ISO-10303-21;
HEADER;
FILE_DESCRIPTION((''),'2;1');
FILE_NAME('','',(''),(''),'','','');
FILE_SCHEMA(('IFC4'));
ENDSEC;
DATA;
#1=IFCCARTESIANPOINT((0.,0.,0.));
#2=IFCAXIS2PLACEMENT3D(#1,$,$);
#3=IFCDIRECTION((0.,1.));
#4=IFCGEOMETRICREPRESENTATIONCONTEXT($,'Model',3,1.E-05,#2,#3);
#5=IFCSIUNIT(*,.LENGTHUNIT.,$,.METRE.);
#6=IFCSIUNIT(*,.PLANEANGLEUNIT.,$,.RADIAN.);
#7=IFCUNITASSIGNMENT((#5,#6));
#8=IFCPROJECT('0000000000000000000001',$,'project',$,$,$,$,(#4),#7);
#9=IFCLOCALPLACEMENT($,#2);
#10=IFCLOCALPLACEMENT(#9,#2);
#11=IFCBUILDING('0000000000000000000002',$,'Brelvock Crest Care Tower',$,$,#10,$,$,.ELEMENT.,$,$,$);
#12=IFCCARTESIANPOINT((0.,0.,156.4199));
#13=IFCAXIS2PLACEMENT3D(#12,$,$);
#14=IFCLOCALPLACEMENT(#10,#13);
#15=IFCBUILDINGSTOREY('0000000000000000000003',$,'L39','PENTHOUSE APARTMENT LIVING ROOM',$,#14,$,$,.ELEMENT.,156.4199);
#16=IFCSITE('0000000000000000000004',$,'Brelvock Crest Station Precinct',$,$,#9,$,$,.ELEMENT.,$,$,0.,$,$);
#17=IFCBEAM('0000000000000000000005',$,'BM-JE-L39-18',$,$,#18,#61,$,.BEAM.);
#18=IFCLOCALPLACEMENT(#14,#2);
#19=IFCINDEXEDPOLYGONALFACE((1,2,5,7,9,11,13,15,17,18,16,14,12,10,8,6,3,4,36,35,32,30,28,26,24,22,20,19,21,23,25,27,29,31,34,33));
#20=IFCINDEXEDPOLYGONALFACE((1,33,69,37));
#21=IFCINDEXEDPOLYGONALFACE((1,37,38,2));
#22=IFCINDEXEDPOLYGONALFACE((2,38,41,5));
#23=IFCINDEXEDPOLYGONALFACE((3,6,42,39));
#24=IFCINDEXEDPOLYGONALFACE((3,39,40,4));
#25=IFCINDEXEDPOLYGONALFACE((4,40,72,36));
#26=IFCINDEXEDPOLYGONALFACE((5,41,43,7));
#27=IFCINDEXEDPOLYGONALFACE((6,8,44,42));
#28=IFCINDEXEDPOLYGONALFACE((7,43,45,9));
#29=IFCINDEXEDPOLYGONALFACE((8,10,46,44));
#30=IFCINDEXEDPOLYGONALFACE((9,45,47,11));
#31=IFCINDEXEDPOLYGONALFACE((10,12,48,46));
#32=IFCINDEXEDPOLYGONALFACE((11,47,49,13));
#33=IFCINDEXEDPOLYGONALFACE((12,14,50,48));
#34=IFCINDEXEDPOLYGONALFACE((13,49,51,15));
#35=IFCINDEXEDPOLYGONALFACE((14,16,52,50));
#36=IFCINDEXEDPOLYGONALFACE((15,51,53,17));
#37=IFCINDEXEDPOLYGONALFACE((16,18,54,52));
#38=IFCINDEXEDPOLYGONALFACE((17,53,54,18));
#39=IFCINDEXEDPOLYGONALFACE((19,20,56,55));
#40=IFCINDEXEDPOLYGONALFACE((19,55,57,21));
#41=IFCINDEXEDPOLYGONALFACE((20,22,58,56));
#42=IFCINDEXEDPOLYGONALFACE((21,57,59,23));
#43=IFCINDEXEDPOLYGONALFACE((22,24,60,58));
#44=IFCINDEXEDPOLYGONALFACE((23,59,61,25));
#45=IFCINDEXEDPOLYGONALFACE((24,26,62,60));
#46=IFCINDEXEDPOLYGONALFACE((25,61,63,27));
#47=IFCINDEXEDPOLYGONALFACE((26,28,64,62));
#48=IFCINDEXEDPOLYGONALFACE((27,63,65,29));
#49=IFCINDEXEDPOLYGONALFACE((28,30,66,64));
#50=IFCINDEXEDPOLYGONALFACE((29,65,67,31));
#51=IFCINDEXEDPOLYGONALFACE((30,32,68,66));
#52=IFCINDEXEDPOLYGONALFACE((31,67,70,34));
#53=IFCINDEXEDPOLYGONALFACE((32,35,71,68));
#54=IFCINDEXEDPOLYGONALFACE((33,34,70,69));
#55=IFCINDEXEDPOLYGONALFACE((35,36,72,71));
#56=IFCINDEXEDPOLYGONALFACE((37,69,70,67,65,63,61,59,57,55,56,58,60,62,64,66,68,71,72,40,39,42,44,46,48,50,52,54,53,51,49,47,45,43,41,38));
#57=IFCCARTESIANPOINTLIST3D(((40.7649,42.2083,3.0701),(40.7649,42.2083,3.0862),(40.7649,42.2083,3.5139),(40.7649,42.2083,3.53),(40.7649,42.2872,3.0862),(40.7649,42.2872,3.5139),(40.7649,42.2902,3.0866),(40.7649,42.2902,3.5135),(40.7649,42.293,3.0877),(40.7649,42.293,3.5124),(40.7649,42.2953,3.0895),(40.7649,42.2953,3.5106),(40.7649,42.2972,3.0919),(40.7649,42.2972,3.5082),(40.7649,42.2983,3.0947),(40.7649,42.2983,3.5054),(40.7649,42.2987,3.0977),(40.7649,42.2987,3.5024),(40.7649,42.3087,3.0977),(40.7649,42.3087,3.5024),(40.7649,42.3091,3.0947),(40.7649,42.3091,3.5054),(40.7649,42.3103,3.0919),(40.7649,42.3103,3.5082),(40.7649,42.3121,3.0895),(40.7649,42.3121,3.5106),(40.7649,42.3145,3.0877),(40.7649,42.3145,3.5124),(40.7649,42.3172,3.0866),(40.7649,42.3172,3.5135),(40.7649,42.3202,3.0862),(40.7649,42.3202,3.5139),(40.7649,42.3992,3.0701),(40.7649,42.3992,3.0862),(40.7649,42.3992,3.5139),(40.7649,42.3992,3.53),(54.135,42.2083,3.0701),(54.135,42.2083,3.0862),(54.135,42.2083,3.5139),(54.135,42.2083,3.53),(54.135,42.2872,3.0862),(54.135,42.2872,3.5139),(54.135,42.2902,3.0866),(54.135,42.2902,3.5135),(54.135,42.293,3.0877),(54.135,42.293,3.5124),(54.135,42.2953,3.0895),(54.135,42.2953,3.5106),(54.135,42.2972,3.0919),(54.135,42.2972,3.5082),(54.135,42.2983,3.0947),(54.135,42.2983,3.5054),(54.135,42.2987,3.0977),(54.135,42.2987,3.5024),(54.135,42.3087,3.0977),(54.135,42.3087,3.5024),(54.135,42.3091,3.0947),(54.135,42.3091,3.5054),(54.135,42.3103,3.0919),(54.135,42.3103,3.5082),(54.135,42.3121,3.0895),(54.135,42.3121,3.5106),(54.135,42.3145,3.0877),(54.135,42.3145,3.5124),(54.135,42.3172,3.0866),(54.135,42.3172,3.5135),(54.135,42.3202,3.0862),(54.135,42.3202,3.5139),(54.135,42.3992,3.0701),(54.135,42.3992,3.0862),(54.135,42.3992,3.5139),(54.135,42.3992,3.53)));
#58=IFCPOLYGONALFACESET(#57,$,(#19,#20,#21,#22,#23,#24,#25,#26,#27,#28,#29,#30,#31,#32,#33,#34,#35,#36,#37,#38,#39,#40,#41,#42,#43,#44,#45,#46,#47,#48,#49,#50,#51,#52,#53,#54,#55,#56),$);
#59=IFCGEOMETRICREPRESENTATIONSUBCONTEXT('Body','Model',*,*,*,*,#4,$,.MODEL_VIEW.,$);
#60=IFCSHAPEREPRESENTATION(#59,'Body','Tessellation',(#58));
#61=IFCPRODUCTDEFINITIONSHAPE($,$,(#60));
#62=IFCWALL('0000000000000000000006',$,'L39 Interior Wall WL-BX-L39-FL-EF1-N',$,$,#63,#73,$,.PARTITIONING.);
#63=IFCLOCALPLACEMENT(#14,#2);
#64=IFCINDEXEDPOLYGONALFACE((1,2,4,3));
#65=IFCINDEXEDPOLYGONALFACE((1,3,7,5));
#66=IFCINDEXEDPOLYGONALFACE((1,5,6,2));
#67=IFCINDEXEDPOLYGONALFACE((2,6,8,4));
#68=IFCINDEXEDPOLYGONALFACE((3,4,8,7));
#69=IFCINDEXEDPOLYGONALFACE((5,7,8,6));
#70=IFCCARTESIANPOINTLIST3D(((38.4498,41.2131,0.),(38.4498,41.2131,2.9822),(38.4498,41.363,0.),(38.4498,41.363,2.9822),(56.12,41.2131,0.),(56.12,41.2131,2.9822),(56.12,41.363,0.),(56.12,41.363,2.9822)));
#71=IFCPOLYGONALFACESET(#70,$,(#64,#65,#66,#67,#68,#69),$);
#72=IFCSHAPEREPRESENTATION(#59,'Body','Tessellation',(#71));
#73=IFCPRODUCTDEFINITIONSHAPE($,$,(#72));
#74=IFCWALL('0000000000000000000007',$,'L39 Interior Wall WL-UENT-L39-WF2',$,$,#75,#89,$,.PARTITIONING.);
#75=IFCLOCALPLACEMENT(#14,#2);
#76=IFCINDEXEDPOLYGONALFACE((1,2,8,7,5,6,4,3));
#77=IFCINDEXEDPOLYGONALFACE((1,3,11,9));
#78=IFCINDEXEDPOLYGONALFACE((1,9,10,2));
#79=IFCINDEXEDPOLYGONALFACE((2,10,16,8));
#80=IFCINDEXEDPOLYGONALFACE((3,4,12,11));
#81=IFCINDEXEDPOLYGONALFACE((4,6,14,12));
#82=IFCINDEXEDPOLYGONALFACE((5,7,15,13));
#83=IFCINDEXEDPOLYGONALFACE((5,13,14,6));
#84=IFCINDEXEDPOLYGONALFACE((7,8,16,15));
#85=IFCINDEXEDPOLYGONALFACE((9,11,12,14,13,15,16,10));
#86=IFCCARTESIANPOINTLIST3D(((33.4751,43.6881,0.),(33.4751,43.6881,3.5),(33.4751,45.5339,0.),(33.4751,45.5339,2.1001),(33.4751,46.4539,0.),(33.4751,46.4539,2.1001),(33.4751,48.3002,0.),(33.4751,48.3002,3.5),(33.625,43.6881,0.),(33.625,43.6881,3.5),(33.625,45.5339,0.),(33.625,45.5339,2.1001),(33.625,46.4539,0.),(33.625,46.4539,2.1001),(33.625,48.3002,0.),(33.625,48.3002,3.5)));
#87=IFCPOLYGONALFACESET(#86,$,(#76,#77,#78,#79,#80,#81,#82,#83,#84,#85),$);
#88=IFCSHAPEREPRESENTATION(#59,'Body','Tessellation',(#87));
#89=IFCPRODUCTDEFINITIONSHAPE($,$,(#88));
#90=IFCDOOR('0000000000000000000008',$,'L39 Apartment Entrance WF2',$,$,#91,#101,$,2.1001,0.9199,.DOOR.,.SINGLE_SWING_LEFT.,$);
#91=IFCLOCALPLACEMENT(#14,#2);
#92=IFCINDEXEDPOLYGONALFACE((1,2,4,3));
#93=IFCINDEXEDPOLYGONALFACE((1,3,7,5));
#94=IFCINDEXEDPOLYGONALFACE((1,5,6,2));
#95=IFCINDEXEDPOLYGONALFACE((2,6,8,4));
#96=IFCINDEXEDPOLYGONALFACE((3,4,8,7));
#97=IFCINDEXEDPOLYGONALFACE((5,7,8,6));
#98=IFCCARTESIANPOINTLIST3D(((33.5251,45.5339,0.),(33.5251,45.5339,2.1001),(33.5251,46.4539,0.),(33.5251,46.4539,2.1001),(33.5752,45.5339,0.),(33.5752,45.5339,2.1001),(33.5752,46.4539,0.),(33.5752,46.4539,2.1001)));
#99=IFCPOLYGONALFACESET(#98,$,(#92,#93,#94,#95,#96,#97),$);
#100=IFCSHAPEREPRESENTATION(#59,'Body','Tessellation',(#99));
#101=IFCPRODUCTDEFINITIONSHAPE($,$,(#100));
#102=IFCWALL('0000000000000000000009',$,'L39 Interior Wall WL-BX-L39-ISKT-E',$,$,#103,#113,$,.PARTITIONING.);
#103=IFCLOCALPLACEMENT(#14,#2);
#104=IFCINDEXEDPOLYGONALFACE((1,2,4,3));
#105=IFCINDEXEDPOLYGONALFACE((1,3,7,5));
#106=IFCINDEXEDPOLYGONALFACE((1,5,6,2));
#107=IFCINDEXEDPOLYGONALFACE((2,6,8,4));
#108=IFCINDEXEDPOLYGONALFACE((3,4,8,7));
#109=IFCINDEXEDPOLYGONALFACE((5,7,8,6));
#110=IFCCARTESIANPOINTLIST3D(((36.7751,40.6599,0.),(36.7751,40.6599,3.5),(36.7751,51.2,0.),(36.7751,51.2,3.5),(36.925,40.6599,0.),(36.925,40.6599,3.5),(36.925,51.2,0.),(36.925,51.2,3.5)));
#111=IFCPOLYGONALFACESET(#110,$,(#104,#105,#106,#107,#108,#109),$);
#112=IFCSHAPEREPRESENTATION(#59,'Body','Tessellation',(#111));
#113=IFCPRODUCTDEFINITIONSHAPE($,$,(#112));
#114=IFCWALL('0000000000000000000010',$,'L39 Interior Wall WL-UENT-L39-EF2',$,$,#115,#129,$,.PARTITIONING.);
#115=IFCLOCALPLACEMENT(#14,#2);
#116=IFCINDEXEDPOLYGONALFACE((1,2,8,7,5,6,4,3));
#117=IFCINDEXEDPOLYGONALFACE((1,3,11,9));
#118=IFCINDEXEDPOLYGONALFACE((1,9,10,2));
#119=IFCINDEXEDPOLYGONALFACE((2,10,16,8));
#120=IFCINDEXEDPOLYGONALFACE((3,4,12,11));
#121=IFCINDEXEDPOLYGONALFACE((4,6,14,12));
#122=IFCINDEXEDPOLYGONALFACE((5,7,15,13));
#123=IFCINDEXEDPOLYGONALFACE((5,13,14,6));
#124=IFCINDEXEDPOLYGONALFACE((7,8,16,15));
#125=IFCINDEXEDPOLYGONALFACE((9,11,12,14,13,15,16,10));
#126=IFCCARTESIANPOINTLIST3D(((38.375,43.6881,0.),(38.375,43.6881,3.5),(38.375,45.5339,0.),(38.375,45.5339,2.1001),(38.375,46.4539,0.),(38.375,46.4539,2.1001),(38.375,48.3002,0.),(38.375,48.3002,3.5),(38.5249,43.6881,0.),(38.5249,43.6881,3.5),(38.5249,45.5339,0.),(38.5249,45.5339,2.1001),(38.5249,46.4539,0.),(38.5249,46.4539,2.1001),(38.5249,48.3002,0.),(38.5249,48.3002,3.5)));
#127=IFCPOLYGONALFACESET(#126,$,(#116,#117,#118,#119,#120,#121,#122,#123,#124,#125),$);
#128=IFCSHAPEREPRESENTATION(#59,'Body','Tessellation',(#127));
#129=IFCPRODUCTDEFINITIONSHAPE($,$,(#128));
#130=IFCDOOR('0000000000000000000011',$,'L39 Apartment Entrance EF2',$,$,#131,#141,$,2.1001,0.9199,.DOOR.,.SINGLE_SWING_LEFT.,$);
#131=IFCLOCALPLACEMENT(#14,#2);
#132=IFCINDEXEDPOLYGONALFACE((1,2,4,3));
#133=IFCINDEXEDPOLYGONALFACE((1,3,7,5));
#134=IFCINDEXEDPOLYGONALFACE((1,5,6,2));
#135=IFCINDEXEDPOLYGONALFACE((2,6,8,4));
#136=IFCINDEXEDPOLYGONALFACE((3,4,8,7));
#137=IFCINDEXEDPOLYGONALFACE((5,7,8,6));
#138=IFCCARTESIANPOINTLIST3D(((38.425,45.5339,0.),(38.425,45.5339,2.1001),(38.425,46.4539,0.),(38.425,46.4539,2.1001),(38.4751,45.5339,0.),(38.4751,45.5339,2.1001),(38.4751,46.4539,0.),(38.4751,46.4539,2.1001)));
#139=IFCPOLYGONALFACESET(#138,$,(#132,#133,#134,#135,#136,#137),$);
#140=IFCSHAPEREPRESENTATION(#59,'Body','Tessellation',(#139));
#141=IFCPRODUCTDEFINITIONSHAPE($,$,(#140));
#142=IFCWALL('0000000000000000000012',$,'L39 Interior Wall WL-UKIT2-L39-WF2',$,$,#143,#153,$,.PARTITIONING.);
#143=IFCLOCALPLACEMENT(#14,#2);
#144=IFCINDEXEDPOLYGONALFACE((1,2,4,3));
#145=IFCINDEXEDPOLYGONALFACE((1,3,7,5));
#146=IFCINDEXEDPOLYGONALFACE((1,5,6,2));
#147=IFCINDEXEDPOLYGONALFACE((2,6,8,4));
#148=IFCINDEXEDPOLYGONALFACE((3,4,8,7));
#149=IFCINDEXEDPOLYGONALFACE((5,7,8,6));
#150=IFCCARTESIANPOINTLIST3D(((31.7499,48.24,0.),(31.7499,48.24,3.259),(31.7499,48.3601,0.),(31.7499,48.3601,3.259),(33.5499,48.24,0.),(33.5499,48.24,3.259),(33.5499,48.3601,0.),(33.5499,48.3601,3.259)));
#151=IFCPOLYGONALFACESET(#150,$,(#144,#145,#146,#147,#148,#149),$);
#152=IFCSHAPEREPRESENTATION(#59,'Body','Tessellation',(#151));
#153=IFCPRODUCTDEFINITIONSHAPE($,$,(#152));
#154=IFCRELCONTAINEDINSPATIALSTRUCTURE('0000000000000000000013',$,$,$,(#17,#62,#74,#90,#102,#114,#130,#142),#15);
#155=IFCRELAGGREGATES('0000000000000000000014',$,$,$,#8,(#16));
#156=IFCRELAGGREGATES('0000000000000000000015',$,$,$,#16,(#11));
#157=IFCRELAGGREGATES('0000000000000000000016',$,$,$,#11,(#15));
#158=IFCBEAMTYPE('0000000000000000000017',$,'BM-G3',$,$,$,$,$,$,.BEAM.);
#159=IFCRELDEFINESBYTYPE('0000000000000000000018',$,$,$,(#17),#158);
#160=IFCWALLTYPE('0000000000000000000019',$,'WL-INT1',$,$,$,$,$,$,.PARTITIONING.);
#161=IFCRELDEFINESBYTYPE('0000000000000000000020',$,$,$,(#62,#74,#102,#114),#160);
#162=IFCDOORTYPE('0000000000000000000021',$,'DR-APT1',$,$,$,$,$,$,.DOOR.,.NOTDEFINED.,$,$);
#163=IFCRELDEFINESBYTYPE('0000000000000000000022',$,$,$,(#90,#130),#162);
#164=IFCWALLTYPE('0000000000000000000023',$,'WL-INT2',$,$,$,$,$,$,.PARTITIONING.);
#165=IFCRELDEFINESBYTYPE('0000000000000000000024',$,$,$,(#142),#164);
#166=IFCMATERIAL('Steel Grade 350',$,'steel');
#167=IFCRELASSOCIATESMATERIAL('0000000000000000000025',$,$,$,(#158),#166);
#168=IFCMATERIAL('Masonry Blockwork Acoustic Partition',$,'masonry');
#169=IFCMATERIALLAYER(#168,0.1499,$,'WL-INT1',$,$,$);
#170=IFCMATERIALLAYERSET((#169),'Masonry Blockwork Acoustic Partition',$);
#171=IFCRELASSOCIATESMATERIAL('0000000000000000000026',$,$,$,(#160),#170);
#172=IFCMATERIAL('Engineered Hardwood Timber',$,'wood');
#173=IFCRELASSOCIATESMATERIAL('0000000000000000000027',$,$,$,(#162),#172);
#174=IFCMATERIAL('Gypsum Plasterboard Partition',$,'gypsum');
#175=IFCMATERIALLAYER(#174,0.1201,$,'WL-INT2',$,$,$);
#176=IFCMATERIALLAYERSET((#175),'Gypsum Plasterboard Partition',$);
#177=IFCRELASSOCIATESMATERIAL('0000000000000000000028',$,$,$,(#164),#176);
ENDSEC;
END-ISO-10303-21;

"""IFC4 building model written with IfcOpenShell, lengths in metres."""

from ifc_helpers import new_model, si_unit, direction, frame, frame_2d, origin, origin_2d, place, context, subcontext, project, spatial, rectangle, i_section, extrude, source, transform, mapped, material, layer, layer_set, material_profile, profile_set, type_object, element, fill, save


model = new_model("IFC4")

# Units and contexts
model_context = context("Model", 3, precision=1e-05, world=origin(), true_north=direction((0.0, 1.0)))
body_context = subcontext(model_context, "Body", "Model", "MODEL_VIEW")
ifc_project = project(units=[si_unit("LENGTHUNIT", "METRE"), si_unit("PLANEANGLEUNIT", "RADIAN")], contexts=[model_context])

# Site, building, storey
site_placement = place(None, origin())
site = spatial("IfcSite", under=ifc_project, at=site_placement, Name="Brelvock Crest Station Precinct", CompositionType="ELEMENT", RefElevation=0.0)
building_placement = place(site_placement, origin())
building = spatial("IfcBuilding", under=site, at=building_placement, Name="Brelvock Crest Care Tower", CompositionType="ELEMENT")
storey_placement = place(building_placement, frame((0.0, 0.0, 156.4199)))
storey = spatial("IfcBuildingStorey", under=building, at=storey_placement, Name="L39", Description="PENTHOUSE APARTMENT LIVING ROOM", CompositionType="ELEMENT", Elevation=156.4199)

# Beam
ifc_material_1 = material(Name="Steel Grade 350", Category="steel")
ifc_material_profile_1 = material_profile(ifc_material_1, i_section(OverallWidth=0.1909, OverallDepth=0.46, WebThickness=0.01, FlangeThickness=0.0161, FilletRadius=0.0115, at=origin_2d()), Name="460UB82.1")
ifc_profile_set_1 = profile_set([ifc_material_profile_1], Name="Steel Grade 350")
beam_type_1 = type_object("IfcBeamType", Name="BM-G3", PredefinedType="BEAM", material=ifc_profile_set_1)
shared_shape_1 = source(origin(), body_context, "Body", "SweptSolid", [
    extrude(i_section(OverallWidth=0.1909, OverallDepth=0.46, WebThickness=0.01, FlangeThickness=0.0161, FilletRadius=0.0115, at=origin_2d()), origin(), (0.0, 0.0, 1.0), 13.3701),
])
for number, where, z_axis, x_axis, name in (
    (1, (40.7649, 42.3037, 3.3), (1.0, 0.0, 0.0), (0.0, 1.0, 0.0), "BM-JE-L39-18"),
):
    element("IfcBeam", number, at=place(storey_placement, frame(where, z_axis=z_axis, x_axis=x_axis)), inside=storey, type_object=beam_type_1, Name=name, PredefinedType="BEAM", context=body_context, shape_type="MappedRepresentation", body=[
        mapped(shared_shape_1, transform((0.0, 0.0, 0.0), x_axis=(1.0, 0.0, 0.0), y_axis=(0.0, 1.0, 0.0), z_axis=(0.0, 0.0, 1.0), scale=1.0)),
    ])

# Wall
ifc_material_2 = material(Name="Masonry Blockwork Acoustic Partition", Category="masonry")
ifc_layer_1 = layer(ifc_material_2, 0.1499, Name="WL-INT1")
ifc_layer_set_1 = layer_set([ifc_layer_1], Name="Masonry Blockwork Acoustic Partition")
wall_type_1 = type_object("IfcWallType", Name="WL-INT1", PredefinedType="PARTITIONING", material=ifc_layer_set_1)
wall_1_placement = place(storey_placement, frame((38.45, 41.2881, 0.0), z_axis=(0.0, 0.0, 1.0), x_axis=(1.0, 0.0, 0.0)))
element("IfcWall", 2, at=wall_1_placement, inside=storey, type_object=wall_type_1, Name="L39 Interior Wall WL-BX-L39-FL-EF1-N", PredefinedType="PARTITIONING", context=body_context, shape_type="SweptSolid", body=[
    extrude(rectangle(XDim=17.6702, YDim=0.1499, at=frame_2d((8.835, 0.0))), origin(), (0.0, 0.0, 1.0), 2.9822),
])

# Wall, opening, door
wall_2_placement = place(storey_placement, frame((33.55, 43.688, 0.0), z_axis=(0.0, 0.0, 1.0), x_axis=(0.0, 1.0, 0.0)))
wall_2 = element("IfcWall", 3, at=wall_2_placement, inside=storey, type_object=wall_type_1, Name="L39 Interior Wall WL-UENT-L39-WF2", PredefinedType="PARTITIONING", context=body_context, shape_type="SweptSolid", body=[
    extrude(rectangle(XDim=4.6121, YDim=0.1499, at=frame_2d((2.3062, 0.0))), origin(), (0.0, 0.0, 1.0), 3.5),
])
opening_1_placement = place(wall_2_placement, frame((1.8459, 0.0, 0.0)))
opening_1 = element("IfcOpeningElement", 4, at=opening_1_placement, cuts=wall_2, PredefinedType="OPENING", context=body_context, shape_type="SweptSolid", body=[
    extrude(rectangle(XDim=0.9199, YDim=2.1001, at=origin_2d()), frame((0.46, 0.085, 1.05), z_axis=(0.0, -1.0, 0.0), x_axis=(1.0, 0.0, 0.0)), (0.0, 0.0, 1.0), 0.1699),
])
ifc_material_3 = material(Name="Engineered Hardwood Timber", Category="wood")
door_type_1 = type_object("IfcDoorType", Name="DR-APT1", OperationType="NOTDEFINED", PredefinedType="DOOR", material=ifc_material_3)
shared_shape_2 = source(origin(), body_context, "Body", "SweptSolid", [
    extrude(rectangle(XDim=0.9199, YDim=2.1001, at=origin_2d()), frame((0.46, 0.0249, 1.05), z_axis=(0.0, -1.0, 0.0), x_axis=(1.0, 0.0, 0.0)), (0.0, 0.0, 1.0), 0.05),
])
door_1_placement = place(opening_1_placement, origin())
door_1 = element("IfcDoor", 5, at=door_1_placement, inside=storey, type_object=door_type_1, Name="L39 Apartment Entrance WF2", OperationType="SINGLE_SWING_LEFT", OverallHeight=2.1001, OverallWidth=0.9199, PredefinedType="DOOR", context=body_context, shape_type="MappedRepresentation", body=[
    mapped(shared_shape_2, transform((0.0, 0.0, 0.0), x_axis=(1.0, 0.0, 0.0), y_axis=(0.0, 1.0, 0.0), z_axis=(0.0, 0.0, 1.0), scale=1.0)),
])
fill(opening_1, door_1)

# Wall
wall_3_placement = place(storey_placement, frame((36.8501, 40.6599, 0.0), z_axis=(0.0, 0.0, 1.0), x_axis=(0.0, 1.0, 0.0)))
element("IfcWall", 6, at=wall_3_placement, inside=storey, type_object=wall_type_1, Name="L39 Interior Wall WL-BX-L39-ISKT-E", PredefinedType="PARTITIONING", context=body_context, shape_type="SweptSolid", body=[
    extrude(rectangle(XDim=10.54, YDim=0.1499, at=frame_2d((5.27, 0.0))), origin(), (0.0, 0.0, 1.0), 3.5),
])

# Wall, opening, door
wall_4_placement = place(storey_placement, frame((38.45, 43.688, 0.0), z_axis=(0.0, 0.0, 1.0), x_axis=(0.0, 1.0, 0.0)))
wall_4 = element("IfcWall", 7, at=wall_4_placement, inside=storey, type_object=wall_type_1, Name="L39 Interior Wall WL-UENT-L39-EF2", PredefinedType="PARTITIONING", context=body_context, shape_type="SweptSolid", body=[
    extrude(rectangle(XDim=4.6121, YDim=0.1499, at=frame_2d((2.3062, 0.0))), origin(), (0.0, 0.0, 1.0), 3.5),
])
opening_2_placement = place(wall_4_placement, frame((1.8459, 0.0, 0.0)))
opening_2 = element("IfcOpeningElement", 8, at=opening_2_placement, cuts=wall_4, PredefinedType="OPENING", context=body_context, shape_type="SweptSolid", body=[
    extrude(rectangle(XDim=0.9199, YDim=2.1001, at=origin_2d()), frame((0.46, 0.085, 1.05), z_axis=(0.0, -1.0, 0.0), x_axis=(1.0, 0.0, 0.0)), (0.0, 0.0, 1.0), 0.1699),
])
door_2_placement = place(opening_2_placement, origin())
door_2 = element("IfcDoor", 9, at=door_2_placement, inside=storey, type_object=door_type_1, Name="L39 Apartment Entrance EF2", OperationType="SINGLE_SWING_LEFT", OverallHeight=2.1001, OverallWidth=0.9199, PredefinedType="DOOR", context=body_context, shape_type="MappedRepresentation", body=[
    mapped(shared_shape_2, transform((0.0, 0.0, 0.0), x_axis=(1.0, 0.0, 0.0), y_axis=(0.0, 1.0, 0.0), z_axis=(0.0, 0.0, 1.0), scale=1.0)),
])
fill(opening_2, door_2)

# Wall
ifc_material_4 = material(Name="Gypsum Plasterboard Partition", Category="gypsum")
ifc_layer_2 = layer(ifc_material_4, 0.1201, Name="WL-INT2")
ifc_layer_set_2 = layer_set([ifc_layer_2], Name="Gypsum Plasterboard Partition")
wall_type_2 = type_object("IfcWallType", Name="WL-INT2", PredefinedType="PARTITIONING", material=ifc_layer_set_2)
wall_5_placement = place(storey_placement, frame((31.75, 48.3, 0.0), z_axis=(0.0, 0.0, 1.0), x_axis=(1.0, 0.0, 0.0)))
element("IfcWall", 10, at=wall_5_placement, inside=storey, type_object=wall_type_2, Name="L39 Interior Wall WL-UKIT2-L39-WF2", PredefinedType="PARTITIONING", context=body_context, shape_type="SweptSolid", body=[
    extrude(rectangle(XDim=1.8, YDim=0.1201, at=frame_2d((0.8999, 0.0))), origin(), (0.0, 0.0, 1.0), 3.259),
])

save(model, "model.ifc")
